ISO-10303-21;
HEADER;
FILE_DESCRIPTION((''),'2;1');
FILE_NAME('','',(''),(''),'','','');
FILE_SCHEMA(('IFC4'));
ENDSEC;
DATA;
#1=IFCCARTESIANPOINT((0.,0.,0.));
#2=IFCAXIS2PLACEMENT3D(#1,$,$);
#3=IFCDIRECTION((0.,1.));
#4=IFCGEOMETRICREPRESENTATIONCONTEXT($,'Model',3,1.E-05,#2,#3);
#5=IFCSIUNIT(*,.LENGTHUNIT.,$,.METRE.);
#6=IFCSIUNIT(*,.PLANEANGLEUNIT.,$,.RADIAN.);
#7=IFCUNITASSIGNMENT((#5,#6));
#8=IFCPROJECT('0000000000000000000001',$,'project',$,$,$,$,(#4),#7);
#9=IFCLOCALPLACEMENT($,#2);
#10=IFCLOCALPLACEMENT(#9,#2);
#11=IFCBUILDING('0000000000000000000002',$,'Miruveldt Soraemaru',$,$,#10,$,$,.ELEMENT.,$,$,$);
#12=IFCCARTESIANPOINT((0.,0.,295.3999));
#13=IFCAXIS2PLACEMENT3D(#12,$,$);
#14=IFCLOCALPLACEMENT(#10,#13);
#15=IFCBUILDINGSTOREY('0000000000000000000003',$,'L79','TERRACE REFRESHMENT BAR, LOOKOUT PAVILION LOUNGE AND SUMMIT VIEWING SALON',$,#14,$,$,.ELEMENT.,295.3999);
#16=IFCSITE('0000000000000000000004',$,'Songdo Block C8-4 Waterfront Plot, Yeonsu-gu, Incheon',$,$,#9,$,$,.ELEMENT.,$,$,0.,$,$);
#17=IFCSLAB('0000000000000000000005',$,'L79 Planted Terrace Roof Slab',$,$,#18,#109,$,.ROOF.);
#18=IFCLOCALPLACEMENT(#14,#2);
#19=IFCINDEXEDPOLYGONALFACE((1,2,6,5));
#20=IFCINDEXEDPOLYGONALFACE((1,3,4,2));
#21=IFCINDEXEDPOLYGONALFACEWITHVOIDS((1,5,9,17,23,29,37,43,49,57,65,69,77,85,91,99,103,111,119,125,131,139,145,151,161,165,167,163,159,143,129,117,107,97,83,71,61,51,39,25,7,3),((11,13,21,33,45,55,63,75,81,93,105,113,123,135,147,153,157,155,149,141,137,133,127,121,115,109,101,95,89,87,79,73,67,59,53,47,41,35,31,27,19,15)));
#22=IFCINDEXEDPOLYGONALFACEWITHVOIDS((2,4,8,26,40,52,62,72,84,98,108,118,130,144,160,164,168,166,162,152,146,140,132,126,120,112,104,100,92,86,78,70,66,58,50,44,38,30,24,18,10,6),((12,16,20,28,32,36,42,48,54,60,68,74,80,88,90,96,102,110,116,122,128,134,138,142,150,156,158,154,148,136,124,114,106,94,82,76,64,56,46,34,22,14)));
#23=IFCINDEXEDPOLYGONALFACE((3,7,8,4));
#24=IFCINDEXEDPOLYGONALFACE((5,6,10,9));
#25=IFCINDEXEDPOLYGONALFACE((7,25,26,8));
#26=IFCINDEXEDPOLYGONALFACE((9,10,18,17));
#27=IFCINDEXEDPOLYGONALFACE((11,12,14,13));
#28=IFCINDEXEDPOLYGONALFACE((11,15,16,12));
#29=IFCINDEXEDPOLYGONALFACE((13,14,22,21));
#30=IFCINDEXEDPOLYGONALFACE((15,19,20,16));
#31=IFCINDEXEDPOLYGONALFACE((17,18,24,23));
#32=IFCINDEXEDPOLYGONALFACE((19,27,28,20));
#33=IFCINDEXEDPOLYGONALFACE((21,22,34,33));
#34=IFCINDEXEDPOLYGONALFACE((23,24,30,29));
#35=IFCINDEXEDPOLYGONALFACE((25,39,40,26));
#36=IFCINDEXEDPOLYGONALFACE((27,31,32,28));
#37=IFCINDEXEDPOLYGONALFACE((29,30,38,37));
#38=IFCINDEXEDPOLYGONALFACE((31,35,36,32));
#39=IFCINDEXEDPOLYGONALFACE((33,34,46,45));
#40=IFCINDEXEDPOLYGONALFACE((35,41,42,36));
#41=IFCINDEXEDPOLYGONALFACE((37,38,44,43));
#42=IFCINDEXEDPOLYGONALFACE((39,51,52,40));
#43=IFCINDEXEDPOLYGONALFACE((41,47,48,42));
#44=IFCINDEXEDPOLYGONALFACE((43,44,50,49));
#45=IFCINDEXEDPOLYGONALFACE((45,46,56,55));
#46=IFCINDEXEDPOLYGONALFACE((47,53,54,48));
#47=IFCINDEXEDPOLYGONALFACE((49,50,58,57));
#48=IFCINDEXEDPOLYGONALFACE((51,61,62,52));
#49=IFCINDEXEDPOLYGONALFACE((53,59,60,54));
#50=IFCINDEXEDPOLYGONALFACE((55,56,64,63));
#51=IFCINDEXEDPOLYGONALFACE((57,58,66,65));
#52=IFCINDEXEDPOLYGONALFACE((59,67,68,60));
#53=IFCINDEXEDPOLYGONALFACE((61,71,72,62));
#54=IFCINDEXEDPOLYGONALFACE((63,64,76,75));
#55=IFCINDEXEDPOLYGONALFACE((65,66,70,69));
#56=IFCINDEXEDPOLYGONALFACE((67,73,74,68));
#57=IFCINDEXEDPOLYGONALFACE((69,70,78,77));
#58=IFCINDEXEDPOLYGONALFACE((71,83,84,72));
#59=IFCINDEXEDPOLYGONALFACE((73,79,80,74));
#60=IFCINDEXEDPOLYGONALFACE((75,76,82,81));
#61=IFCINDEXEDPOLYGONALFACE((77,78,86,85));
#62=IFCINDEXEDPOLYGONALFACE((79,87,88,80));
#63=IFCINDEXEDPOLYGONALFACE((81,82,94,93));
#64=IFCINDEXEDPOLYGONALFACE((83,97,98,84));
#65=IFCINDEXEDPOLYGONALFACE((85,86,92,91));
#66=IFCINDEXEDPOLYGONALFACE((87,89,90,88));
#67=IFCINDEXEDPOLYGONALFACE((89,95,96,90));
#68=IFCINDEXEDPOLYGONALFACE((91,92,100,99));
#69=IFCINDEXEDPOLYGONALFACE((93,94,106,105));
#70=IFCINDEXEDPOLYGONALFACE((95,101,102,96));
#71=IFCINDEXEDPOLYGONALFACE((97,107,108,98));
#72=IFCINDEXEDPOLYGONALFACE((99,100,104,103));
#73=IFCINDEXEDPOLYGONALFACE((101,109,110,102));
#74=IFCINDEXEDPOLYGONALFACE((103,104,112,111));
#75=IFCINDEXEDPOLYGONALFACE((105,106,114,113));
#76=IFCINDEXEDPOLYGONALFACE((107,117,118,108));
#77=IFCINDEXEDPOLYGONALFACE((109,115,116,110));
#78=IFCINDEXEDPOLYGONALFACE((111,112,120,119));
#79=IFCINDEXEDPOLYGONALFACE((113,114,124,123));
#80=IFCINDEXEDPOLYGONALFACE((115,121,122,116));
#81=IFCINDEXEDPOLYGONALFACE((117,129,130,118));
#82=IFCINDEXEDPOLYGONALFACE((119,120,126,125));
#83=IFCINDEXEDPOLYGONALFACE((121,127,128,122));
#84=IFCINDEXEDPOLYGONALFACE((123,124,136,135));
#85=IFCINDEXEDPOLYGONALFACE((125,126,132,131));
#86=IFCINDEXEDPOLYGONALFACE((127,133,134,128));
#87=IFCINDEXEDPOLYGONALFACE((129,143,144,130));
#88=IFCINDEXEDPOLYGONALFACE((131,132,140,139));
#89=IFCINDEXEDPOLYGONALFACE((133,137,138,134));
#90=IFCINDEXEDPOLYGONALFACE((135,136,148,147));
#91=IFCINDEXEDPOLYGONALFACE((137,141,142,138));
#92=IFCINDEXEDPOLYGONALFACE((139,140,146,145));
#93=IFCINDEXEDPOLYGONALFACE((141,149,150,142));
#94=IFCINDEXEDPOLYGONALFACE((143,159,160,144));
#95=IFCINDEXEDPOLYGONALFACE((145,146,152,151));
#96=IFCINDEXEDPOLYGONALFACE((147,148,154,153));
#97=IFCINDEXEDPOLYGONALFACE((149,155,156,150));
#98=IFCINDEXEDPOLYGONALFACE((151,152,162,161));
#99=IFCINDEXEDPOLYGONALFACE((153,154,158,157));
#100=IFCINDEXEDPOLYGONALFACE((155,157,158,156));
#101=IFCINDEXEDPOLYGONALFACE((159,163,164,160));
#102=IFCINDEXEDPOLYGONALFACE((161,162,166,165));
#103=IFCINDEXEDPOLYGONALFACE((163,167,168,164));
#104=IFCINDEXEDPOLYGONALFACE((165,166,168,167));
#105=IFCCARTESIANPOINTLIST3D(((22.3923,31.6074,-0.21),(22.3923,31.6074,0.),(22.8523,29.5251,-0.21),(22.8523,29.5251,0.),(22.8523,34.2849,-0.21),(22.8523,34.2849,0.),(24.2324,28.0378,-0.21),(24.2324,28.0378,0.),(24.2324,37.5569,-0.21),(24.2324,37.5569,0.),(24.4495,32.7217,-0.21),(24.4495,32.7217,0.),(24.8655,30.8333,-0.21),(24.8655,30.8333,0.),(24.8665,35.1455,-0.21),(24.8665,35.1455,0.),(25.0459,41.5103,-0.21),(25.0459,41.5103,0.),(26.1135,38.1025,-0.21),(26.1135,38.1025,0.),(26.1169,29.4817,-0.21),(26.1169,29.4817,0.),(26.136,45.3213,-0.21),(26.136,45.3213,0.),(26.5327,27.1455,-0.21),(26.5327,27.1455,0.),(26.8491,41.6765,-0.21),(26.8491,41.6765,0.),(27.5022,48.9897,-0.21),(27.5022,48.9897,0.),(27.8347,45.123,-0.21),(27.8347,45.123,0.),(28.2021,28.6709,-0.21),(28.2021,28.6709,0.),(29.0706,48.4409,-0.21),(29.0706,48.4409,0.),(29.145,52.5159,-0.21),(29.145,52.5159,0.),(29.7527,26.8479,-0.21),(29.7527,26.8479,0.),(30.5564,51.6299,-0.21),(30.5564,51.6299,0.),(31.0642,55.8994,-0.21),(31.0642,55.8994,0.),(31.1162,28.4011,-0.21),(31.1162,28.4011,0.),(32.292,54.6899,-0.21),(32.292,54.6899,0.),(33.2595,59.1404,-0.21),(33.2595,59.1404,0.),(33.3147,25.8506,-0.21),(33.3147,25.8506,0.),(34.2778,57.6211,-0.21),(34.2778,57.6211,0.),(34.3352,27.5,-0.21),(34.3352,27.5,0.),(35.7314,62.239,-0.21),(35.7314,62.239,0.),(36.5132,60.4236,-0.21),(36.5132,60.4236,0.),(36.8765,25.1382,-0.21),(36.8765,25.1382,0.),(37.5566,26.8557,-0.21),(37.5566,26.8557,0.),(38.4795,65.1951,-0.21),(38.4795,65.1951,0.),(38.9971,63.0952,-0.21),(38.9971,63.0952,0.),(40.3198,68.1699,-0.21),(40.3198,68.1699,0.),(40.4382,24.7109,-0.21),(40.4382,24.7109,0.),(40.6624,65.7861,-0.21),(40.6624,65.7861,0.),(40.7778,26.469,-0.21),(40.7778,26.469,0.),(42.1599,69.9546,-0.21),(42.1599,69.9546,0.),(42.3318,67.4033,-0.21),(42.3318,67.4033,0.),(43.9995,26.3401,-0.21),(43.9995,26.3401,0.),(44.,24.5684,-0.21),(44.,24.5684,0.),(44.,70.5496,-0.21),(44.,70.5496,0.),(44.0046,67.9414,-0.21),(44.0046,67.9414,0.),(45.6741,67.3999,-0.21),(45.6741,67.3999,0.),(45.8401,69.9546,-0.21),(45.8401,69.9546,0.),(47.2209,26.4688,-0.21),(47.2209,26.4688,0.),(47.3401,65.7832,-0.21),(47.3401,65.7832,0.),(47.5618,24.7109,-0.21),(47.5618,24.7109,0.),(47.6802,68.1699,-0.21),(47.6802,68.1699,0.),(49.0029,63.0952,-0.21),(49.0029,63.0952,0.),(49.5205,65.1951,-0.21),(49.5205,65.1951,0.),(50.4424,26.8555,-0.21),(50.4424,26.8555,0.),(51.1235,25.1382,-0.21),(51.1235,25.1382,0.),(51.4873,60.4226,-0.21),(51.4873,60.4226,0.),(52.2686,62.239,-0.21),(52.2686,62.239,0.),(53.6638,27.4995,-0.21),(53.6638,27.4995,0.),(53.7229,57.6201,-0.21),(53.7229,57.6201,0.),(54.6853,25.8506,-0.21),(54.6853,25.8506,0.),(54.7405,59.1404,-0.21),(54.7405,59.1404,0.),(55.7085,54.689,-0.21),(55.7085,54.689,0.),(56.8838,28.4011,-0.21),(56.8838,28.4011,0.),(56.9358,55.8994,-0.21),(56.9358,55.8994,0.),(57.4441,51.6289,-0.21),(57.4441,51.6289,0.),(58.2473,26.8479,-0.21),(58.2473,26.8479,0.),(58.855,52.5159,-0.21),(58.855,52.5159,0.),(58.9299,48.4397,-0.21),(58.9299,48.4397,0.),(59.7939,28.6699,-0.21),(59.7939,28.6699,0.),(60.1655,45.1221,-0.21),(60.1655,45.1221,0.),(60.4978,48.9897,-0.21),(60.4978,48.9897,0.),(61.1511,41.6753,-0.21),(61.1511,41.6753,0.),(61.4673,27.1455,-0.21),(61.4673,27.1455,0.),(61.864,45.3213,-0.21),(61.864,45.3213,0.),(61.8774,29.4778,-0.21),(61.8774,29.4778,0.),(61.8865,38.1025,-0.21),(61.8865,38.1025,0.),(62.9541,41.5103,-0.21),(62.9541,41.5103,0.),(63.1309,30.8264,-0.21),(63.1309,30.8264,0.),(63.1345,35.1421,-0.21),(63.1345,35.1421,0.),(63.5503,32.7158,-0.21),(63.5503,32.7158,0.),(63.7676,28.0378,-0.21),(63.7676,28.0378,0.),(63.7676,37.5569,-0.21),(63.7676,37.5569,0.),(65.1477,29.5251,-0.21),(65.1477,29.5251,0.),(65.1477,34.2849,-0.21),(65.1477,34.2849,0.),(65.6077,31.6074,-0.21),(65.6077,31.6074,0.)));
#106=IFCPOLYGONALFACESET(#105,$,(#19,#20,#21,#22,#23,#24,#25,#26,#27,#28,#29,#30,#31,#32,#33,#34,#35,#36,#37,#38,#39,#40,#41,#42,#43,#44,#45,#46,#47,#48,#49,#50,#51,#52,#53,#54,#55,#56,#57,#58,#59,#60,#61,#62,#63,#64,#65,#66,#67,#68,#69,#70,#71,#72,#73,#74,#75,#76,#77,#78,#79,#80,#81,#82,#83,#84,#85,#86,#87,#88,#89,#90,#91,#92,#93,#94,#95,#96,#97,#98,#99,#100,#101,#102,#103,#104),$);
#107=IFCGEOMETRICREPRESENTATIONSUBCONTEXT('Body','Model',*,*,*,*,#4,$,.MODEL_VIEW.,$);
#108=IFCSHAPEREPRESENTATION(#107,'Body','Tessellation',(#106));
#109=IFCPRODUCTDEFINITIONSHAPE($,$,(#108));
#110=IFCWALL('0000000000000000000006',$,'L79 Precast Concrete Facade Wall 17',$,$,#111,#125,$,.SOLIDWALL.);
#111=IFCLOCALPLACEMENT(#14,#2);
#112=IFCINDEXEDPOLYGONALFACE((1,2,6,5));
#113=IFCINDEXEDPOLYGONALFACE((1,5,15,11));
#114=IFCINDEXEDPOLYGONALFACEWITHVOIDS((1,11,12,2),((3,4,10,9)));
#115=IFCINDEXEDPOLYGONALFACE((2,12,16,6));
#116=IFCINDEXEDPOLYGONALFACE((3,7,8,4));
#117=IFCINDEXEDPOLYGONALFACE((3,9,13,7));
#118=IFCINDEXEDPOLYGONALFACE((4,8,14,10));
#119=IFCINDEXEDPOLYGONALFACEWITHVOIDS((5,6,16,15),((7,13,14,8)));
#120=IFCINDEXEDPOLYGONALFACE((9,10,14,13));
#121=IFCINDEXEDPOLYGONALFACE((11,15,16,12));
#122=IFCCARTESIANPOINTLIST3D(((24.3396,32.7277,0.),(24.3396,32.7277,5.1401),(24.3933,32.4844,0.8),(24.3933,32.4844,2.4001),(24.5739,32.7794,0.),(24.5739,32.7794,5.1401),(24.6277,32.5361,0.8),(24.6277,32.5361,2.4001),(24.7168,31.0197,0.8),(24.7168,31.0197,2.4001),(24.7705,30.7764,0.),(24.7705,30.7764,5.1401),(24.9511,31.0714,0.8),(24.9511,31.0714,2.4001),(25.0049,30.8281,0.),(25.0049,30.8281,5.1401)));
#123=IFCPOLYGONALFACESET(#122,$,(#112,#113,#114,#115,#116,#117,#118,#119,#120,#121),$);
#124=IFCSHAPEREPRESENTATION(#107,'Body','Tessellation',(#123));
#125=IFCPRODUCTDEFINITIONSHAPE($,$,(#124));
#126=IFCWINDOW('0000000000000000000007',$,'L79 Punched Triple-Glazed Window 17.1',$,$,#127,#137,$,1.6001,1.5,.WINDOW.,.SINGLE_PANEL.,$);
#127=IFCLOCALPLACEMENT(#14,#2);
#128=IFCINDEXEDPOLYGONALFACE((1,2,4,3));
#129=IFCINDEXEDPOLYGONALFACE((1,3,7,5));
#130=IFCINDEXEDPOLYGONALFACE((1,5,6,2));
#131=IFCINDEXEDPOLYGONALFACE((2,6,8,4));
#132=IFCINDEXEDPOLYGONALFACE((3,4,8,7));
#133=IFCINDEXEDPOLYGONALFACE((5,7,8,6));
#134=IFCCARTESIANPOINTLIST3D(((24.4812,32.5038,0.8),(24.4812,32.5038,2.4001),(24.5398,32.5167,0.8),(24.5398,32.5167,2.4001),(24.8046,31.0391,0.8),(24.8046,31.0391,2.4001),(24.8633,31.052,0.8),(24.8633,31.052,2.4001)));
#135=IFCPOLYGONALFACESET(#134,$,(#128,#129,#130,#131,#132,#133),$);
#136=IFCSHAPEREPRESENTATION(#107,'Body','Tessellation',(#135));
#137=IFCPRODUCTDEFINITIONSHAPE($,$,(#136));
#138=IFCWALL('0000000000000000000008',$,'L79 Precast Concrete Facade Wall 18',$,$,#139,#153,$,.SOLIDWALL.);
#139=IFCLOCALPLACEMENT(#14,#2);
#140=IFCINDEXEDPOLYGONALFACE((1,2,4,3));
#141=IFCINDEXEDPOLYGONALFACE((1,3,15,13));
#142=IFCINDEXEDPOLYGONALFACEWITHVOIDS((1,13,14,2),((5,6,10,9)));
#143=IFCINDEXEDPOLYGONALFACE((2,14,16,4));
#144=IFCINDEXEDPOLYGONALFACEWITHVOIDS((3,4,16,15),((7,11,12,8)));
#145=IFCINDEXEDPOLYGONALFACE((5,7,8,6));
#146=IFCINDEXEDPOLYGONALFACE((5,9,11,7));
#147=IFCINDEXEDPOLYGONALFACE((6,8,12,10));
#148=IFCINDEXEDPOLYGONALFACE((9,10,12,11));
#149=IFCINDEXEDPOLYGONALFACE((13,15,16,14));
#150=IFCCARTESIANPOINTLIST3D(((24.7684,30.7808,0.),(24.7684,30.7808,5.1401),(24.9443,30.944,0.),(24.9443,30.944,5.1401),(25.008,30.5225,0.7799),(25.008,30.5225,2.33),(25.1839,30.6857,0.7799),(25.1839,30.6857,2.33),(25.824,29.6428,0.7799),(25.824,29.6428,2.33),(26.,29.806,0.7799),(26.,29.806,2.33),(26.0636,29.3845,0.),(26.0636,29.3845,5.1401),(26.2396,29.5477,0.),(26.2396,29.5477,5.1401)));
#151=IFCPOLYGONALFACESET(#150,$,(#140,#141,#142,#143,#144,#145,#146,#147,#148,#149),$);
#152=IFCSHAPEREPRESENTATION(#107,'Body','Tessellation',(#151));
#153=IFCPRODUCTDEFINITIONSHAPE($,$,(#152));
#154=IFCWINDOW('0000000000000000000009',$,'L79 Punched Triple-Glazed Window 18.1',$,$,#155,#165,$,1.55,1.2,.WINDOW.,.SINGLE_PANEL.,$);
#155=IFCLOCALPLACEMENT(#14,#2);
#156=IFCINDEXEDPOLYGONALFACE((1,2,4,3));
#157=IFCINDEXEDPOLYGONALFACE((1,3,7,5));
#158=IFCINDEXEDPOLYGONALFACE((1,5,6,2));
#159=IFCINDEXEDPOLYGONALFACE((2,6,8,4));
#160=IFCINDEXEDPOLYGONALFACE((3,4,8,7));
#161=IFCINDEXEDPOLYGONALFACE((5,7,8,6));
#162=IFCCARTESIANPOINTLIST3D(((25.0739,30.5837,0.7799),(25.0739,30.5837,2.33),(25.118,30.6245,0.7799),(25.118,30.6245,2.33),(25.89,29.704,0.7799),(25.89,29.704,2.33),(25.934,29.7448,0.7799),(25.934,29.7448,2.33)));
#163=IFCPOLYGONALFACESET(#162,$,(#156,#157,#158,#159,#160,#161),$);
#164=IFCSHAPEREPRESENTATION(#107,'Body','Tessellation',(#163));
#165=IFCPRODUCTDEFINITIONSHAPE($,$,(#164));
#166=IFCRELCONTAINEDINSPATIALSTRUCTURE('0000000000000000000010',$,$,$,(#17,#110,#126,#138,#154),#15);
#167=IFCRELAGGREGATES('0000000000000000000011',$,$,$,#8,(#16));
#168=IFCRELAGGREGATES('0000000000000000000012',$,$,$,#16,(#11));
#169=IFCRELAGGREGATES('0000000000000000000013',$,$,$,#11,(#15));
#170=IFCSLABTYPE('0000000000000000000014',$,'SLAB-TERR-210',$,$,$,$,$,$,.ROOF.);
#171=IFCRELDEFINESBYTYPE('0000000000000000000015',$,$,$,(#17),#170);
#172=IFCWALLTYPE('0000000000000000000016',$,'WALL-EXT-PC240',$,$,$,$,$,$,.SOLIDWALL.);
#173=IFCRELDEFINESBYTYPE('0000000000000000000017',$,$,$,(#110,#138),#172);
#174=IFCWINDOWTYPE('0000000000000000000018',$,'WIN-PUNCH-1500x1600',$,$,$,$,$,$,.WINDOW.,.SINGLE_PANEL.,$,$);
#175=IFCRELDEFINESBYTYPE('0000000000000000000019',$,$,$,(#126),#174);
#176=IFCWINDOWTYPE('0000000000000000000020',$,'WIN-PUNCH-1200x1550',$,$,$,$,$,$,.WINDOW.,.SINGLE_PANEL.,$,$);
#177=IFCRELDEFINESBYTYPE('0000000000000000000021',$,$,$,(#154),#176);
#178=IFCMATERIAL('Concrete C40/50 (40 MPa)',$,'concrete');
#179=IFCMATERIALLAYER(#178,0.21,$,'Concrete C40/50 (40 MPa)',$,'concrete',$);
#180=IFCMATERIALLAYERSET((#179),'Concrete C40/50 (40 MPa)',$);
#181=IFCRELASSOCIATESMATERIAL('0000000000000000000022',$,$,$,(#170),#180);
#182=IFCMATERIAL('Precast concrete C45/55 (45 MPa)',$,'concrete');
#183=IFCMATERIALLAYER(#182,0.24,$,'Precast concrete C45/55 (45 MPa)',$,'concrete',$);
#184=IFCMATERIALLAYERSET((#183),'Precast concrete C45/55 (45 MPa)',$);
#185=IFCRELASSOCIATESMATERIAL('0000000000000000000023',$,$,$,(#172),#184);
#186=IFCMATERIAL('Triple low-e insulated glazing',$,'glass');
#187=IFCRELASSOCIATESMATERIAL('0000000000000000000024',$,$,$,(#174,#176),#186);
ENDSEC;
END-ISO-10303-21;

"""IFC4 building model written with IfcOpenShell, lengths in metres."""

from ifc_helpers import new_model, si_unit, direction, frame, frame_2d, origin, place, context, subcontext, project, spatial, polyline, rectangle, outline, extrude, material, layer, layer_set, type_object, element, fill, save


model = new_model("IFC4")

# Units and contexts
model_context = context("Model", 3, precision=1e-05, world=origin(), true_north=direction((0.0, 1.0)))
body_context = subcontext(model_context, "Body", "Model", "MODEL_VIEW")
ifc_project = project(units=[si_unit("LENGTHUNIT", "METRE"), si_unit("PLANEANGLEUNIT", "RADIAN")], contexts=[model_context])

# Site, building, storey
site_placement = place(None, origin())
site = spatial("IfcSite", under=ifc_project, at=site_placement, Name="Songdo Block C8-4 Waterfront Plot, Yeonsu-gu, Incheon", CompositionType="ELEMENT", RefElevation=0.0)
building_placement = place(site_placement, origin())
building = spatial("IfcBuilding", under=site, at=building_placement, Name="Miruveldt Soraemaru", CompositionType="ELEMENT")
storey_placement = place(building_placement, frame((0.0, 0.0, 295.3999)))
storey = spatial("IfcBuildingStorey", under=building, at=storey_placement, Name="L79", Description="TERRACE REFRESHMENT BAR, LOOKOUT PAVILION LOUNGE AND SUMMIT VIEWING SALON", CompositionType="ELEMENT", Elevation=295.3999)

# Shared definitions
ifc_material_1 = material(Name="Concrete C40/50 (40 MPa)", Category="concrete")

# Slab
ifc_material_2 = material(Name="Precast concrete C45/55 (45 MPa)", Category="concrete")
ifc_layer_1 = layer(ifc_material_1, 0.21, Name="Concrete C40/50 (40 MPa)", Category="concrete")
ifc_layer_set_1 = layer_set([ifc_layer_1], Name="Concrete C40/50 (40 MPa)")
slab_type_1 = type_object("IfcSlabType", Name="SLAB-TERR-210", PredefinedType="ROOF", material=ifc_layer_set_1)
slab_1_placement = place(storey_placement, frame((0.0, 0.0, -0.21)))
element("IfcSlab", 1, at=slab_1_placement, inside=storey, type_object=slab_type_1, Name="L79 Planted Terrace Roof Slab", PredefinedType="ROOF", context=body_context, shape_type="SweptSolid", body=[
    extrude(outline(polyline([(52.2686, 62.239), (54.7405, 59.1404), (56.9358, 55.8994), (58.855, 52.5159), (60.4978, 48.9897), (61.864, 45.3213), (62.9541, 41.5103), (63.7676, 37.5569), (65.1477, 34.2849), (65.6077, 31.6074), (65.1477, 29.5251), (63.7676, 28.0378), (61.4673, 27.1455), (58.2473, 26.8479), (54.6853, 25.8506), (51.1235, 25.1382), (47.5618, 24.7109), (44.0, 24.5684), (40.4382, 24.7109), (36.8765, 25.1382), (33.3147, 25.8506), (29.7527, 26.8479), (26.5327, 27.1455), (24.2324, 28.0378), (22.8523, 29.5251), (22.3923, 31.6074), (22.8523, 34.2849), (24.2324, 37.5569), (25.0459, 41.5103), (26.136, 45.3213), (27.5022, 48.9897), (29.145, 52.5159), (31.0642, 55.8994), (33.2595, 59.1404), (35.7314, 62.239), (38.4795, 65.1951), (40.3198, 68.1699), (42.1599, 69.9546), (44.0, 70.5496), (45.8401, 69.9546), (47.6802, 68.1699), (49.5205, 65.1951), (52.2686, 62.239)]), holes=[polyline([(47.3401, 65.7832), (45.6741, 67.3999), (44.0046, 67.9414), (42.3318, 67.4033), (40.6624, 65.7861), (38.9971, 63.0952), (36.5132, 60.4236), (34.2778, 57.6211), (32.292, 54.6899), (30.5564, 51.6299), (29.0706, 48.4409), (27.8347, 45.123), (26.8491, 41.6765), (26.1135, 38.1025), (24.8665, 35.1455), (24.4495, 32.7217), (24.8655, 30.8333), (26.1169, 29.4817), (28.2021, 28.6709), (31.1162, 28.4011), (34.3352, 27.5), (37.5566, 26.8557), (40.7778, 26.469), (43.9995, 26.3401), (47.2209, 26.4688), (50.4424, 26.8555), (53.6638, 27.4995), (56.8838, 28.4011), (59.7939, 28.6699), (61.8774, 29.4778), (63.1309, 30.8264), (63.5503, 32.7158), (63.1345, 35.1421), (61.8865, 38.1025), (61.1511, 41.6753), (60.1655, 45.1221), (58.9299, 48.4397), (57.4441, 51.6289), (55.7085, 54.689), (53.7229, 57.6201), (51.4873, 60.4226), (49.0029, 63.0952), (47.3401, 65.7832)])]), origin(), (0.0, 0.0, 1.0), 0.21),
])

# Walls, openings, windows
ifc_layer_2 = layer(ifc_material_2, 0.24, Name="Precast concrete C45/55 (45 MPa)", Category="concrete")
ifc_layer_set_2 = layer_set([ifc_layer_2], Name="Precast concrete C45/55 (45 MPa)")
wall_type_1 = type_object("IfcWallType", Name="WALL-EXT-PC240", PredefinedType="SOLIDWALL", material=ifc_layer_set_2)
wall_1_placement = place(storey_placement, frame((24.4568, 32.7534, 0.0), z_axis=(0.0, 0.0, 1.0), x_axis=(0.21565, -0.976471, 0.0)))
wall_1 = element("IfcWall", 2, at=wall_1_placement, inside=storey, type_object=wall_type_1, Name="L79 Precast Concrete Facade Wall 17", PredefinedType="SOLIDWALL", context=body_context, shape_type="SweptSolid", body=[
    extrude(rectangle(XDim=1.9983, YDim=0.24, at=frame_2d((0.999, 0.0))), origin(), (0.0, 0.0, 1.0), 5.1401),
])
opening_1_placement = place(wall_1_placement, frame((0.249, 0.0, 0.8)))
opening_1 = element("IfcOpeningElement", 3, at=opening_1_placement, cuts=wall_1, PredefinedType="OPENING", context=body_context, shape_type="SweptSolid", body=[
    extrude(rectangle(XDim=1.5, YDim=1.6001, at=frame_2d((0.75, 0.8))), frame((0.0, 0.1299, 0.0), z_axis=(0.0, -1.0, 0.0), x_axis=(1.0, 0.0, 0.0)), (0.0, 0.0, 1.0), 0.26),
])
ifc_material_3 = material(Name="Triple low-e insulated glazing", Category="glass")
window_type_1 = type_object("IfcWindowType", Name="WIN-PUNCH-1500x1600", PartitioningType="SINGLE_PANEL", PredefinedType="WINDOW", material=ifc_material_3)
window_1_placement = place(opening_1_placement, origin())
window_1 = element("IfcWindow", 4, at=window_1_placement, inside=storey, type_object=window_type_1, Name="L79 Punched Triple-Glazed Window 17.1", OverallHeight=1.6001, OverallWidth=1.5, PartitioningType="SINGLE_PANEL", PredefinedType="WINDOW", context=body_context, shape_type="SweptSolid", body=[
    extrude(rectangle(XDim=1.5, YDim=1.6001, at=frame_2d((0.75, 0.8))), frame((0.0, 0.03, 0.0), z_axis=(0.0, -1.0, 0.0), x_axis=(1.0, 0.0, 0.0)), (0.0, 0.0, 1.0), 0.0601),
])
fill(opening_1, window_1)
wall_2_placement = place(storey_placement, frame((24.8564, 30.8623, 0.0), z_axis=(0.0, 0.0, 1.0), x_axis=(0.680072, -0.733145, 0.0)))
wall_2 = element("IfcWall", 5, at=wall_2_placement, inside=storey, type_object=wall_type_1, Name="L79 Precast Concrete Facade Wall 18", PredefinedType="SOLIDWALL", context=body_context, shape_type="SweptSolid", body=[
    extrude(rectangle(XDim=1.9045, YDim=0.24, at=frame_2d((0.9521, 0.0))), origin(), (0.0, 0.0, 1.0), 5.1401),
])
opening_2_placement = place(wall_2_placement, frame((0.3521, 0.0, 0.78)))
opening_2 = element("IfcOpeningElement", 6, at=opening_2_placement, cuts=wall_2, PredefinedType="OPENING", context=body_context, shape_type="SweptSolid", body=[
    extrude(rectangle(XDim=1.2, YDim=1.55, at=frame_2d((0.6001, 0.7749))), frame((0.0, 0.1299, 0.0), z_axis=(0.0, -1.0, 0.0), x_axis=(1.0, 0.0, 0.0)), (0.0, 0.0, 1.0), 0.26),
])
window_type_2 = type_object("IfcWindowType", Name="WIN-PUNCH-1200x1550", PartitioningType="SINGLE_PANEL", PredefinedType="WINDOW", material=ifc_material_3)
window_2_placement = place(opening_2_placement, origin())
window_2 = element("IfcWindow", 7, at=window_2_placement, inside=storey, type_object=window_type_2, Name="L79 Punched Triple-Glazed Window 18.1", OverallHeight=1.55, OverallWidth=1.2, PartitioningType="SINGLE_PANEL", PredefinedType="WINDOW", context=body_context, shape_type="SweptSolid", body=[
    extrude(rectangle(XDim=1.2, YDim=1.55, at=frame_2d((0.6001, 0.7749))), frame((0.0, 0.03, 0.0), z_axis=(0.0, -1.0, 0.0), x_axis=(1.0, 0.0, 0.0)), (0.0, 0.0, 1.0), 0.0601),
])
fill(opening_2, window_2)

save(model, "model.ifc")
